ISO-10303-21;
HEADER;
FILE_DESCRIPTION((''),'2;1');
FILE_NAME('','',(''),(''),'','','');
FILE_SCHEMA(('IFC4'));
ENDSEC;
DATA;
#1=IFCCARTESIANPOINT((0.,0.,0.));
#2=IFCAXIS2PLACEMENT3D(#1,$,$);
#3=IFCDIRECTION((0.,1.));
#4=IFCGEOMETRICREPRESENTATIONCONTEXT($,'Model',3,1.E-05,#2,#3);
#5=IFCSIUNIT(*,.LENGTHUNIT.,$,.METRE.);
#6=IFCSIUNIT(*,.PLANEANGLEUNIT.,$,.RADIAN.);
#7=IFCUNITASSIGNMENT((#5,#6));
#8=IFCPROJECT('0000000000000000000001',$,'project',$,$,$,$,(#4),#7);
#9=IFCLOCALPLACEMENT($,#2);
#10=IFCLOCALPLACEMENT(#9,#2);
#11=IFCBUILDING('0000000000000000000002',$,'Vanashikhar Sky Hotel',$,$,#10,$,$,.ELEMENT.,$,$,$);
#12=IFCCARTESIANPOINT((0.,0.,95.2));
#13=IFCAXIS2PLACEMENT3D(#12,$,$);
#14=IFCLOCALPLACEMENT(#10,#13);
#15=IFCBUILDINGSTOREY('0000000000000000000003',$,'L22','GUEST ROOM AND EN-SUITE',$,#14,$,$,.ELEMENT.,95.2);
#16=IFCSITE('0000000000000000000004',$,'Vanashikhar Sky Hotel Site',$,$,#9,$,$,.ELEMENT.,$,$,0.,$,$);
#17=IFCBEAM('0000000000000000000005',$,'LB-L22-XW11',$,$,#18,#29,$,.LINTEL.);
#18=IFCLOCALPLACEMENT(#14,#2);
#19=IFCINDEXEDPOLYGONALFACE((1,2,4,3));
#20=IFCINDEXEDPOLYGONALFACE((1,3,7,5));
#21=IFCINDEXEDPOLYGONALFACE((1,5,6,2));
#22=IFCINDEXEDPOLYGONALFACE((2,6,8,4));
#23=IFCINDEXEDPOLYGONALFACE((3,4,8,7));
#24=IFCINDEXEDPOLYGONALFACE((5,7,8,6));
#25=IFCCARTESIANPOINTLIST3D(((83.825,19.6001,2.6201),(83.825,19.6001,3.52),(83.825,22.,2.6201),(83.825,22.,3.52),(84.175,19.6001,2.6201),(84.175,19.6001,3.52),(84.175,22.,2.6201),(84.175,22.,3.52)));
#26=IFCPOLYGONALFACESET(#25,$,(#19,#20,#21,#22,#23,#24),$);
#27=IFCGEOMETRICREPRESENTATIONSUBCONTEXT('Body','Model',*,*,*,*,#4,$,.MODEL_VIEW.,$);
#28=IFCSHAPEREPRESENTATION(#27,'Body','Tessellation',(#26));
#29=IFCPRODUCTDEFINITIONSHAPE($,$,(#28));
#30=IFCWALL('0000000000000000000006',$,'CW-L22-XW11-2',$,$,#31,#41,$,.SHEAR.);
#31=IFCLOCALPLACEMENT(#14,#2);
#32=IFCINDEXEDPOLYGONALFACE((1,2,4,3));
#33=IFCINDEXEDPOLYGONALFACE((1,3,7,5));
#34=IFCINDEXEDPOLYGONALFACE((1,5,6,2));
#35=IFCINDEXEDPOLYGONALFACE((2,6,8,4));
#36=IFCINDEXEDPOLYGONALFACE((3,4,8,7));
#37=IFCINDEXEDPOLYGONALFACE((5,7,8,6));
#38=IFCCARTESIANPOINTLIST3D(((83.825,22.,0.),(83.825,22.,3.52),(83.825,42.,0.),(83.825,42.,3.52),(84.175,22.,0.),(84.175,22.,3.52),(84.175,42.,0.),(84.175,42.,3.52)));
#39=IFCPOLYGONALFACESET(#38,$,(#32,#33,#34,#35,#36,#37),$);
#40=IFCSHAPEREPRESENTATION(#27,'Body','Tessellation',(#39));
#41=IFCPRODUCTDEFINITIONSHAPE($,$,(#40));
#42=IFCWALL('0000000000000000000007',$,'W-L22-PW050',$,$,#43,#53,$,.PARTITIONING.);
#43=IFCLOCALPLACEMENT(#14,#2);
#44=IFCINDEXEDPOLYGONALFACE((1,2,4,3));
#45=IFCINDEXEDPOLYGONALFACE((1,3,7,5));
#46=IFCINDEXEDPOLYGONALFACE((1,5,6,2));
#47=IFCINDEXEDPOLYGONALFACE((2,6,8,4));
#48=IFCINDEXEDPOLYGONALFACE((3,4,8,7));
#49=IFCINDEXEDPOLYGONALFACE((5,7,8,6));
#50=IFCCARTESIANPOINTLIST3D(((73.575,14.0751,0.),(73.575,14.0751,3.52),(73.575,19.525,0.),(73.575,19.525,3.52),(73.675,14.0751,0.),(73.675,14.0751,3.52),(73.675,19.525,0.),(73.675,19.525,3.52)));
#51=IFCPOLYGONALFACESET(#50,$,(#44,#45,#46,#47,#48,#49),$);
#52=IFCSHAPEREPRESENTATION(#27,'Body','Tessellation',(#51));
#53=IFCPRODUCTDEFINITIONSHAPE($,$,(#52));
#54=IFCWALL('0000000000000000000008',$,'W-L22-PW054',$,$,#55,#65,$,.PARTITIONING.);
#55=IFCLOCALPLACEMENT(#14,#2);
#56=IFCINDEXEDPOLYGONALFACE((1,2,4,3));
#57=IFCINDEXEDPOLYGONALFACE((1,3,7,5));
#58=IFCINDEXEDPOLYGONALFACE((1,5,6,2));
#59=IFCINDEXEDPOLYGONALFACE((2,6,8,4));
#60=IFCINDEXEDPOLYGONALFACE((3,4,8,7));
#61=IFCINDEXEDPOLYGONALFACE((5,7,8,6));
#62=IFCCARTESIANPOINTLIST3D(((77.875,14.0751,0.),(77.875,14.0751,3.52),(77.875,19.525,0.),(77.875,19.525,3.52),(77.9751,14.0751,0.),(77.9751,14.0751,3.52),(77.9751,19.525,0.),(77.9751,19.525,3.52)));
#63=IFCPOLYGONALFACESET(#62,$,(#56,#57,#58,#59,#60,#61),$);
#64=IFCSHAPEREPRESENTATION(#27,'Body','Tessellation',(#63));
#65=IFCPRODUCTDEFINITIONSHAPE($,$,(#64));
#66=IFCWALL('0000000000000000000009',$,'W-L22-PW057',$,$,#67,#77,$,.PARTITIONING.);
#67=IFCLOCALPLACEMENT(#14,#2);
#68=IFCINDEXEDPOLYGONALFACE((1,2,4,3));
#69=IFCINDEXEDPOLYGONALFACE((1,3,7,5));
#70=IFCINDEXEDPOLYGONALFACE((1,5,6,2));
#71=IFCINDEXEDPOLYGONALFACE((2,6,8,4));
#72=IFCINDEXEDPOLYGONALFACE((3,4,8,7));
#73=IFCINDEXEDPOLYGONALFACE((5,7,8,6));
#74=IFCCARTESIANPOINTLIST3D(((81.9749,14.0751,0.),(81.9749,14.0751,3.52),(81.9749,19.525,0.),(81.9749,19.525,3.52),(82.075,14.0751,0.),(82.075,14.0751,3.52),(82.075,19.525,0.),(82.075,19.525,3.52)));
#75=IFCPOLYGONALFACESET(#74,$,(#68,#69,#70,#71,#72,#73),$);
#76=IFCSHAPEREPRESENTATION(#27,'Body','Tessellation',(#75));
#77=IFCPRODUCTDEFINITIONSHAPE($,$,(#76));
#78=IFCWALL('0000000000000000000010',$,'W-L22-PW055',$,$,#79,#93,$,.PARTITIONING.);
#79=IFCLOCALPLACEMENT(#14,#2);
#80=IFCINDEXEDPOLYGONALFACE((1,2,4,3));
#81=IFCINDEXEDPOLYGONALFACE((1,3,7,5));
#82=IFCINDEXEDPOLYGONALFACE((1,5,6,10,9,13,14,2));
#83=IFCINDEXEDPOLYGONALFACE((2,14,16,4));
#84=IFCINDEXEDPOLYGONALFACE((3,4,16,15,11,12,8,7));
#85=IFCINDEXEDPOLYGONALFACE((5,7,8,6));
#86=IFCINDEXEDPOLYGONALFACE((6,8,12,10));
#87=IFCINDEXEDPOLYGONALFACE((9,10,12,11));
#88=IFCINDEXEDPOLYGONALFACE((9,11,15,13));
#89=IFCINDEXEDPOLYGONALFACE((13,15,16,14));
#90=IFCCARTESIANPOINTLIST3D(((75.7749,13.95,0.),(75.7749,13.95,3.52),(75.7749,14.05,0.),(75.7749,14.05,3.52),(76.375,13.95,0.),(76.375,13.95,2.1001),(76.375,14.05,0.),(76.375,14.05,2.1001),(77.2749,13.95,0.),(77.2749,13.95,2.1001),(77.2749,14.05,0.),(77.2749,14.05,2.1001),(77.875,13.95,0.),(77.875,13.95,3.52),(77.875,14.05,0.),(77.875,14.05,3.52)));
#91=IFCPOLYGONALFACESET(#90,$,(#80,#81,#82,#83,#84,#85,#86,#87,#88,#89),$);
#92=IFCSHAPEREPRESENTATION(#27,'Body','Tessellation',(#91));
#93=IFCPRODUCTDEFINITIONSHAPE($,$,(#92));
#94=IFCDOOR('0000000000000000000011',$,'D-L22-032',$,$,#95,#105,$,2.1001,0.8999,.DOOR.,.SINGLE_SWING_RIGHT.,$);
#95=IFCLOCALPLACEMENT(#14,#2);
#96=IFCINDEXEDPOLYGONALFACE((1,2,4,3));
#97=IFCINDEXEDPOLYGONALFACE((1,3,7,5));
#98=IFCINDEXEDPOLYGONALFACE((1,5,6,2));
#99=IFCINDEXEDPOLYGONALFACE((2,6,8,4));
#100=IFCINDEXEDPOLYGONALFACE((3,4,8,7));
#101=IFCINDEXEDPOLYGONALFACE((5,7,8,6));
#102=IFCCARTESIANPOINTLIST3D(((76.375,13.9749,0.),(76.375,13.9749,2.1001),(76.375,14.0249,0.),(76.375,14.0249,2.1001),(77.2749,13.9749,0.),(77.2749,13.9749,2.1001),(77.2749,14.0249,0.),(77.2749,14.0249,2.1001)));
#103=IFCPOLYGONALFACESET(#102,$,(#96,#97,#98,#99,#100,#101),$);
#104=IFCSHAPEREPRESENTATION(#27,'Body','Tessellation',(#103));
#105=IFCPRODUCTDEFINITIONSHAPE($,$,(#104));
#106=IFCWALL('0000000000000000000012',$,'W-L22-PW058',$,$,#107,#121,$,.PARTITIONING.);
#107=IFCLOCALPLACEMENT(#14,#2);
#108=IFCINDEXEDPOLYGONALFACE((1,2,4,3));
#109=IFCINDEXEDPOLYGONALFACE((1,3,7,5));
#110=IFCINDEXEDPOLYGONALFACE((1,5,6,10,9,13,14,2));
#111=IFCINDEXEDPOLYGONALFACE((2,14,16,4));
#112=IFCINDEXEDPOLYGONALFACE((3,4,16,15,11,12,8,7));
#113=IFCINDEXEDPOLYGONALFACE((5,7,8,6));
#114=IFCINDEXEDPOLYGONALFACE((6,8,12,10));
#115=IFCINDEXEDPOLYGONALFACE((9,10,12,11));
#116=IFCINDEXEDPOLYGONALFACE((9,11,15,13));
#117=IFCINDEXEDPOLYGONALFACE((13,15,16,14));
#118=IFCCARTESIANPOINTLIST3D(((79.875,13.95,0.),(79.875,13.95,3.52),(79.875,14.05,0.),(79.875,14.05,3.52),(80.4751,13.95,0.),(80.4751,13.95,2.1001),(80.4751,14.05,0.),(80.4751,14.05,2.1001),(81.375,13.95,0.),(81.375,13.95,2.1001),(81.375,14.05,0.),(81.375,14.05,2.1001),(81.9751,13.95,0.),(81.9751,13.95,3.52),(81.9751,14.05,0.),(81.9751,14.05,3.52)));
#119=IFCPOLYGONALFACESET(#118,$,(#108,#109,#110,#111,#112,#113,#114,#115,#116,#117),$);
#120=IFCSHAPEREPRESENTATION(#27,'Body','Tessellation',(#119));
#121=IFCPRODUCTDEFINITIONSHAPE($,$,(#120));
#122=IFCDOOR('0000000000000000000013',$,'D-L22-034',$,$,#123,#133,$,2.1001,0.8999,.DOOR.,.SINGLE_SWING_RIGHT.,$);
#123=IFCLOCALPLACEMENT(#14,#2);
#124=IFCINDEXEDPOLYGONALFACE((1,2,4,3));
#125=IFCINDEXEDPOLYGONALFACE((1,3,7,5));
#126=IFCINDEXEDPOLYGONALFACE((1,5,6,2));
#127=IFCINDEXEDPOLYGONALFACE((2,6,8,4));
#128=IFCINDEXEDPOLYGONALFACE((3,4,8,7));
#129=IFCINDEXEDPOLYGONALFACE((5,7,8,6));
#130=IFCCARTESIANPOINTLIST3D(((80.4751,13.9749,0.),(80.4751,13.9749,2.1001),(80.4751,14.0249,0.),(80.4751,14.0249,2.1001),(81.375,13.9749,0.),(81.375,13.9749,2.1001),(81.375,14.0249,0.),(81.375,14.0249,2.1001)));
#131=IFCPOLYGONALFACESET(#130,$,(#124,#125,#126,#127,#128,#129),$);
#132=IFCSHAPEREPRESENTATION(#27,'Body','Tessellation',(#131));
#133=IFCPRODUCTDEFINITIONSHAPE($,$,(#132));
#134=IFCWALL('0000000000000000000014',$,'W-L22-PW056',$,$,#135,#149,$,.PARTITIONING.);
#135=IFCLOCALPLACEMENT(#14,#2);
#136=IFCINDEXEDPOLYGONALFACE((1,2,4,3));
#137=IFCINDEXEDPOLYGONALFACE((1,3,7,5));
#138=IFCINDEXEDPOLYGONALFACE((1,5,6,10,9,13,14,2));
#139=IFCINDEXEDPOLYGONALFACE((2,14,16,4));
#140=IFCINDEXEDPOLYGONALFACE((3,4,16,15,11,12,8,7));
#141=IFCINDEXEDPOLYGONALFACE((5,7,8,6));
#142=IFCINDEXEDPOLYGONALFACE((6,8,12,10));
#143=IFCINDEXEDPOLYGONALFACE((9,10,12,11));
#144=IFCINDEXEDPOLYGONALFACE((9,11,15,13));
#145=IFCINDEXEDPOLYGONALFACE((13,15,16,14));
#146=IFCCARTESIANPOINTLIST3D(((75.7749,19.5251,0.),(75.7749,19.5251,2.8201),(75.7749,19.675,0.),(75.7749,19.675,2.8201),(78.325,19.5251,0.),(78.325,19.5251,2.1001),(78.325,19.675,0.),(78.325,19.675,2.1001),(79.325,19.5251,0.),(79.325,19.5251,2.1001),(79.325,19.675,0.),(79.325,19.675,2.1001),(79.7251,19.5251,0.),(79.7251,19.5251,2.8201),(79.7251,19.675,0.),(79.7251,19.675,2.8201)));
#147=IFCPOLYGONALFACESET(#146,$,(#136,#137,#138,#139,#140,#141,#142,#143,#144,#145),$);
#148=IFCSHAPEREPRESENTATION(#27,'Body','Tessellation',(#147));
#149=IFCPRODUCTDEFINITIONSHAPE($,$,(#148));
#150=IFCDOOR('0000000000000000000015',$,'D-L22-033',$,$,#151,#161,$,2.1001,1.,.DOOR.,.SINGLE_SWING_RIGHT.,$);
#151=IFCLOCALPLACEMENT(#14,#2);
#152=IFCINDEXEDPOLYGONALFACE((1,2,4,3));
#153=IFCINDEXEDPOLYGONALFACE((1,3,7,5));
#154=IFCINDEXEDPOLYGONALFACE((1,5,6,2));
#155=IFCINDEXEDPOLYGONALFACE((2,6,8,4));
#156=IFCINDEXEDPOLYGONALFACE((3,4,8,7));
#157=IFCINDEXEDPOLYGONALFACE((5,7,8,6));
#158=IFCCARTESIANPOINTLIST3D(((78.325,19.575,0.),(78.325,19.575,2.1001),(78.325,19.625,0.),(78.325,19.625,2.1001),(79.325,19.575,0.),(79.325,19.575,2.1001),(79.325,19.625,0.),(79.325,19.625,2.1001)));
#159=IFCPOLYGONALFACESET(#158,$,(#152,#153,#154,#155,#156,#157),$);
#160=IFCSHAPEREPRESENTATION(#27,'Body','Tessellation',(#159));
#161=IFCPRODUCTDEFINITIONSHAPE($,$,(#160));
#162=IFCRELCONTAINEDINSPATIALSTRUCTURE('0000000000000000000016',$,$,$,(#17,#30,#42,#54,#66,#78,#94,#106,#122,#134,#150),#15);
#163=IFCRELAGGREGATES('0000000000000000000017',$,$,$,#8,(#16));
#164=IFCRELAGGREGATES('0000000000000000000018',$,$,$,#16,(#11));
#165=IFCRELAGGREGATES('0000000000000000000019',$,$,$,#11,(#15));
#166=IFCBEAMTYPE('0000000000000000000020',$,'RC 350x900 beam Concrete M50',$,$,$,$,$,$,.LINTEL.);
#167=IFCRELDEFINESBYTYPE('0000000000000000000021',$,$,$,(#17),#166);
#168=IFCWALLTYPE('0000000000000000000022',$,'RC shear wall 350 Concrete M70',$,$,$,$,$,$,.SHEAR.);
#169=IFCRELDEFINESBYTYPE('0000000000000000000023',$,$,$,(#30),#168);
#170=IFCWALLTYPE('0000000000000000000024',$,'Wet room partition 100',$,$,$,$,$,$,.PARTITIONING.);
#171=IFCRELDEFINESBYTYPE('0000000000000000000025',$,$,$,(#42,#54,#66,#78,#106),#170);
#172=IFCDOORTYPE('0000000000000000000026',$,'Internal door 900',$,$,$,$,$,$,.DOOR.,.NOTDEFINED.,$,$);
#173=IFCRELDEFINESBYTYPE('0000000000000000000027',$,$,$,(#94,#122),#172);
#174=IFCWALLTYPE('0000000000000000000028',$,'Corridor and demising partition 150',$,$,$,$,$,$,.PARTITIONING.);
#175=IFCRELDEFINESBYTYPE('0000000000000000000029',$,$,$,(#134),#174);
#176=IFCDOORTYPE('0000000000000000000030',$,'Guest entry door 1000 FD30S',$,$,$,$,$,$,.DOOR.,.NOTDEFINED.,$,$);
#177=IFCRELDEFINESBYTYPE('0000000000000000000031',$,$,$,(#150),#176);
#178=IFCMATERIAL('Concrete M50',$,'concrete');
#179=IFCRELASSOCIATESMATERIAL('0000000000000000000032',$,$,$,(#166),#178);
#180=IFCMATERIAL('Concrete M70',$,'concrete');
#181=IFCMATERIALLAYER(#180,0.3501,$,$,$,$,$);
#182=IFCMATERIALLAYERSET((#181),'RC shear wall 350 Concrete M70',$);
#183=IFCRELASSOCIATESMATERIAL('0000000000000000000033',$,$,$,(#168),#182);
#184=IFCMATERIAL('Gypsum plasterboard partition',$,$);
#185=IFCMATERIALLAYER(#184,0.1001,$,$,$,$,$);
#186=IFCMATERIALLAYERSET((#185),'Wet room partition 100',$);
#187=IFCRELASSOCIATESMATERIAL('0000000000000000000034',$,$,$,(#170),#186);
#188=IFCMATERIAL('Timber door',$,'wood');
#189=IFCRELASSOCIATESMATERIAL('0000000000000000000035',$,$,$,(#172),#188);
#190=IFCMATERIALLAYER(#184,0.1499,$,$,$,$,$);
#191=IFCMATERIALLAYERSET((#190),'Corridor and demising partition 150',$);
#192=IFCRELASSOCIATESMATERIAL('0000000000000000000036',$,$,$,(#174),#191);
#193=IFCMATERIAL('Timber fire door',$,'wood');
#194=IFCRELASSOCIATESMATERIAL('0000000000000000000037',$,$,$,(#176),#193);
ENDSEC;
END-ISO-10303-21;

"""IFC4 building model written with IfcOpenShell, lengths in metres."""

from ifc_helpers import new_model, si_unit, direction, frame, frame_2d, origin, origin_2d, place, context, subcontext, project, spatial, rectangle, extrude, source, transform, mapped, material, layer, layer_set, material_profile, profile_set, type_object, element, fill, save


model = new_model("IFC4")

# Units and contexts
model_context = context("Model", 3, precision=1e-05, world=origin(), true_north=direction((0.0, 1.0)))
body_context = subcontext(model_context, "Body", "Model", "MODEL_VIEW")
ifc_project = project(units=[si_unit("LENGTHUNIT", "METRE"), si_unit("PLANEANGLEUNIT", "RADIAN")], contexts=[model_context])

# Site, building, storey
site_placement = place(None, origin())
site = spatial("IfcSite", under=ifc_project, at=site_placement, Name="Vanashikhar Sky Hotel Site", CompositionType="ELEMENT", RefElevation=0.0)
building_placement = place(site_placement, origin())
building = spatial("IfcBuilding", under=site, at=building_placement, Name="Vanashikhar Sky Hotel", CompositionType="ELEMENT")
storey_placement = place(building_placement, frame((0.0, 0.0, 95.2)))
storey = spatial("IfcBuildingStorey", under=building, at=storey_placement, Name="L22", Description="GUEST ROOM AND EN-SUITE", CompositionType="ELEMENT", Elevation=95.2)

# Beam
ifc_material_1 = material(Name="Concrete M50", Category="concrete")
ifc_material_profile = material_profile(ifc_material_1, rectangle(XDim=0.3501, YDim=0.8999, at=origin_2d()))
ifc_profile_set = profile_set([ifc_material_profile], Name="RC 350x900 beam Concrete M50")
beam_type = type_object("IfcBeamType", Name="RC 350x900 beam Concrete M50", PredefinedType="LINTEL", material=ifc_profile_set)
shared_shape_1 = source(origin(), body_context, "Body", "SweptSolid", [
    extrude(rectangle(XDim=0.3501, YDim=0.8999, at=origin_2d()), origin(), (0.0, 0.0, 1.0), 2.3999),
])
beam_placement = place(storey_placement, frame((84.0, 19.6001, 3.0701), z_axis=(0.0, 1.0, 0.0), x_axis=(-1.0, 0.0, 0.0)))
element("IfcBeam", 1, at=beam_placement, inside=storey, type_object=beam_type, Name="LB-L22-XW11", PredefinedType="LINTEL", context=body_context, shape_type="MappedRepresentation", body=[
    mapped(shared_shape_1, transform((0.0, 0.0, 0.0), scale=1.0)),
])

# Walls
ifc_material_2 = material(Name="Concrete M70", Category="concrete")
ifc_layer_1 = layer(ifc_material_2, 0.3501)
ifc_layer_set_1 = layer_set([ifc_layer_1], Name="RC shear wall 350 Concrete M70")
wall_type_1 = type_object("IfcWallType", Name="RC shear wall 350 Concrete M70", PredefinedType="SHEAR", material=ifc_layer_set_1)
shared_shape_2 = source(origin(), body_context, "Body", "SweptSolid", [
    extrude(rectangle(XDim=20.0, YDim=0.3501, at=frame_2d((10.0, 0.0))), origin(), (0.0, 0.0, 1.0), 3.52),
])
wall_1_placement = place(storey_placement, frame((84.0, 22.0, 0.0), z_axis=(0.0, 0.0, 1.0), x_axis=(0.0, 1.0, 0.0)))
element("IfcWall", 2, at=wall_1_placement, inside=storey, type_object=wall_type_1, Name="CW-L22-XW11-2", PredefinedType="SHEAR", context=body_context, shape_type="MappedRepresentation", body=[
    mapped(shared_shape_2, transform((0.0, 0.0, 0.0), scale=1.0)),
])
ifc_material_3 = material(Name="Gypsum plasterboard partition")
ifc_layer_2 = layer(ifc_material_3, 0.1001)
ifc_layer_set_2 = layer_set([ifc_layer_2], Name="Wet room partition 100")
wall_type_2 = type_object("IfcWallType", Name="Wet room partition 100", PredefinedType="PARTITIONING", material=ifc_layer_set_2)
shared_shape_3 = source(origin(), body_context, "Body", "SweptSolid", [
    extrude(rectangle(XDim=5.45, YDim=0.1001, at=frame_2d((2.7251, 0.0))), origin(), (0.0, 0.0, 1.0), 3.52),
])
for number, where, z_axis, x_axis, name in (
    (3, (73.625, 14.075, 0.0), (0.0, 0.0, 1.0), (0.0, 1.0, 0.0), "W-L22-PW050"),
    (4, (77.925, 14.075, 0.0), (0.0, 0.0, 1.0), (0.0, 1.0, 0.0), "W-L22-PW054"),
    (5, (82.0249, 14.075, 0.0), (0.0, 0.0, 1.0), (0.0, 1.0, 0.0), "W-L22-PW057"),
):
    element("IfcWall", number, at=place(storey_placement, frame(where, z_axis=z_axis, x_axis=x_axis)), inside=storey, type_object=wall_type_2, Name=name, PredefinedType="PARTITIONING", context=body_context, shape_type="MappedRepresentation", body=[
        mapped(shared_shape_3, transform((0.0, 0.0, 0.0), scale=1.0)),
    ])

# Walls, openings, doors
shared_shape_4 = source(origin(), body_context, "Body", "SweptSolid", [
    extrude(rectangle(XDim=2.1001, YDim=0.1001, at=frame_2d((1.05, 0.0))), origin(), (0.0, 0.0, 1.0), 3.52),
])
wall_2_placement = place(storey_placement, frame((75.7749, 14.0, 0.0), z_axis=(0.0, 0.0, 1.0), x_axis=(1.0, 0.0, 0.0)))
wall_2 = element("IfcWall", 6, at=wall_2_placement, inside=storey, type_object=wall_type_2, Name="W-L22-PW055", PredefinedType="PARTITIONING", context=body_context, shape_type="MappedRepresentation", body=[
    mapped(shared_shape_4, transform((0.0, 0.0, 0.0), scale=1.0)),
])
shared_shape_5 = source(origin(), body_context, "Body", "SweptSolid", [
    extrude(rectangle(XDim=0.8999, YDim=2.1001, at=frame_2d((0.45, 1.05))), frame((0.0, 0.0601, 0.0), z_axis=(0.0, -1.0, 0.0), x_axis=(1.0, 0.0, 0.0)), (0.0, 0.0, 1.0), 0.1201),
])
opening_1_placement = place(wall_2_placement, frame((0.6001, 0.0, 0.0)))
opening_1 = element("IfcOpeningElement", 7, at=opening_1_placement, cuts=wall_2, PredefinedType="OPENING", context=body_context, shape_type="MappedRepresentation", body=[
    mapped(shared_shape_5, transform((0.0, 0.0, 0.0), scale=1.0)),
])
ifc_material_4 = material(Name="Timber door", Category="wood")
door_type_1 = type_object("IfcDoorType", Name="Internal door 900", OperationType="NOTDEFINED", PredefinedType="DOOR", material=ifc_material_4)
shared_shape_6 = source(origin(), body_context, "Body", "SweptSolid", [
    extrude(rectangle(XDim=0.8999, YDim=2.1001, at=frame_2d((0.45, 1.05))), frame((0.0, 0.0249, 0.0), z_axis=(0.0, -1.0, 0.0), x_axis=(1.0, 0.0, 0.0)), (0.0, 0.0, 1.0), 0.05),
])
door_1_placement = place(opening_1_placement, origin())
door_1 = element("IfcDoor", 8, at=door_1_placement, inside=storey, type_object=door_type_1, Name="D-L22-032", OperationType="SINGLE_SWING_RIGHT", OverallHeight=2.1001, OverallWidth=0.8999, PredefinedType="DOOR", context=body_context, shape_type="MappedRepresentation", body=[
    mapped(shared_shape_6, transform((0.0, 0.0, 0.0), scale=1.0)),
])
fill(opening_1, door_1)
wall_3_placement = place(storey_placement, frame((79.875, 14.0, 0.0), z_axis=(0.0, 0.0, 1.0), x_axis=(1.0, 0.0, 0.0)))
wall_3 = element("IfcWall", 9, at=wall_3_placement, inside=storey, type_object=wall_type_2, Name="W-L22-PW058", PredefinedType="PARTITIONING", context=body_context, shape_type="MappedRepresentation", body=[
    mapped(shared_shape_4, transform((0.0, 0.0, 0.0), scale=1.0)),
])
opening_2_placement = place(wall_3_placement, frame((0.6001, 0.0, 0.0)))
opening_2 = element("IfcOpeningElement", 10, at=opening_2_placement, cuts=wall_3, PredefinedType="OPENING", context=body_context, shape_type="MappedRepresentation", body=[
    mapped(shared_shape_5, transform((0.0, 0.0, 0.0), scale=1.0)),
])
door_2_placement = place(opening_2_placement, origin())
door_2 = element("IfcDoor", 11, at=door_2_placement, inside=storey, type_object=door_type_1, Name="D-L22-034", OperationType="SINGLE_SWING_RIGHT", OverallHeight=2.1001, OverallWidth=0.8999, PredefinedType="DOOR", context=body_context, shape_type="MappedRepresentation", body=[
    mapped(shared_shape_6, transform((0.0, 0.0, 0.0), scale=1.0)),
])
fill(opening_2, door_2)
ifc_layer_3 = layer(ifc_material_3, 0.1499)
ifc_layer_set_3 = layer_set([ifc_layer_3], Name="Corridor and demising partition 150")
wall_type_3 = type_object("IfcWallType", Name="Corridor and demising partition 150", PredefinedType="PARTITIONING", material=ifc_layer_set_3)
shared_shape_7 = source(origin(), body_context, "Body", "SweptSolid", [
    extrude(rectangle(XDim=3.9502, YDim=0.1499, at=frame_2d((1.9751, 0.0))), origin(), (0.0, 0.0, 1.0), 2.8201),
])
wall_4_placement = place(storey_placement, frame((75.7749, 19.6001, 0.0), z_axis=(0.0, 0.0, 1.0), x_axis=(1.0, 0.0, 0.0)))
wall_4 = element("IfcWall", 12, at=wall_4_placement, inside=storey, type_object=wall_type_3, Name="W-L22-PW056", PredefinedType="PARTITIONING", context=body_context, shape_type="MappedRepresentation", body=[
    mapped(shared_shape_7, transform((0.0, 0.0, 0.0), scale=1.0)),
])
shared_shape_8 = source(origin(), body_context, "Body", "SweptSolid", [
    extrude(rectangle(XDim=1.0, YDim=2.1001, at=frame_2d((0.5, 1.05))), frame((0.0, 0.085, 0.0), z_axis=(0.0, -1.0, 0.0), x_axis=(1.0, 0.0, 0.0)), (0.0, 0.0, 1.0), 0.1699),
])
opening_3_placement = place(wall_4_placement, frame((2.55, 0.0, 0.0)))
opening_3 = element("IfcOpeningElement", 13, at=opening_3_placement, cuts=wall_4, PredefinedType="OPENING", context=body_context, shape_type="MappedRepresentation", body=[
    mapped(shared_shape_8, transform((0.0, 0.0, 0.0), scale=1.0)),
])
ifc_material_5 = material(Name="Timber fire door", Category="wood")
door_type_2 = type_object("IfcDoorType", Name="Guest entry door 1000 FD30S", OperationType="NOTDEFINED", PredefinedType="DOOR", material=ifc_material_5)
shared_shape_9 = source(origin(), body_context, "Body", "SweptSolid", [
    extrude(rectangle(XDim=1.0, YDim=2.1001, at=frame_2d((0.5, 1.05))), frame((0.0, 0.0249, 0.0), z_axis=(0.0, -1.0, 0.0), x_axis=(1.0, 0.0, 0.0)), (0.0, 0.0, 1.0), 0.05),
])
door_3_placement = place(opening_3_placement, origin())
door_3 = element("IfcDoor", 14, at=door_3_placement, inside=storey, type_object=door_type_2, Name="D-L22-033", OperationType="SINGLE_SWING_RIGHT", OverallHeight=2.1001, OverallWidth=1.0, PredefinedType="DOOR", context=body_context, shape_type="MappedRepresentation", body=[
    mapped(shared_shape_9, transform((0.0, 0.0, 0.0), scale=1.0)),
])
fill(opening_3, door_3)

save(model, "model.ifc")
